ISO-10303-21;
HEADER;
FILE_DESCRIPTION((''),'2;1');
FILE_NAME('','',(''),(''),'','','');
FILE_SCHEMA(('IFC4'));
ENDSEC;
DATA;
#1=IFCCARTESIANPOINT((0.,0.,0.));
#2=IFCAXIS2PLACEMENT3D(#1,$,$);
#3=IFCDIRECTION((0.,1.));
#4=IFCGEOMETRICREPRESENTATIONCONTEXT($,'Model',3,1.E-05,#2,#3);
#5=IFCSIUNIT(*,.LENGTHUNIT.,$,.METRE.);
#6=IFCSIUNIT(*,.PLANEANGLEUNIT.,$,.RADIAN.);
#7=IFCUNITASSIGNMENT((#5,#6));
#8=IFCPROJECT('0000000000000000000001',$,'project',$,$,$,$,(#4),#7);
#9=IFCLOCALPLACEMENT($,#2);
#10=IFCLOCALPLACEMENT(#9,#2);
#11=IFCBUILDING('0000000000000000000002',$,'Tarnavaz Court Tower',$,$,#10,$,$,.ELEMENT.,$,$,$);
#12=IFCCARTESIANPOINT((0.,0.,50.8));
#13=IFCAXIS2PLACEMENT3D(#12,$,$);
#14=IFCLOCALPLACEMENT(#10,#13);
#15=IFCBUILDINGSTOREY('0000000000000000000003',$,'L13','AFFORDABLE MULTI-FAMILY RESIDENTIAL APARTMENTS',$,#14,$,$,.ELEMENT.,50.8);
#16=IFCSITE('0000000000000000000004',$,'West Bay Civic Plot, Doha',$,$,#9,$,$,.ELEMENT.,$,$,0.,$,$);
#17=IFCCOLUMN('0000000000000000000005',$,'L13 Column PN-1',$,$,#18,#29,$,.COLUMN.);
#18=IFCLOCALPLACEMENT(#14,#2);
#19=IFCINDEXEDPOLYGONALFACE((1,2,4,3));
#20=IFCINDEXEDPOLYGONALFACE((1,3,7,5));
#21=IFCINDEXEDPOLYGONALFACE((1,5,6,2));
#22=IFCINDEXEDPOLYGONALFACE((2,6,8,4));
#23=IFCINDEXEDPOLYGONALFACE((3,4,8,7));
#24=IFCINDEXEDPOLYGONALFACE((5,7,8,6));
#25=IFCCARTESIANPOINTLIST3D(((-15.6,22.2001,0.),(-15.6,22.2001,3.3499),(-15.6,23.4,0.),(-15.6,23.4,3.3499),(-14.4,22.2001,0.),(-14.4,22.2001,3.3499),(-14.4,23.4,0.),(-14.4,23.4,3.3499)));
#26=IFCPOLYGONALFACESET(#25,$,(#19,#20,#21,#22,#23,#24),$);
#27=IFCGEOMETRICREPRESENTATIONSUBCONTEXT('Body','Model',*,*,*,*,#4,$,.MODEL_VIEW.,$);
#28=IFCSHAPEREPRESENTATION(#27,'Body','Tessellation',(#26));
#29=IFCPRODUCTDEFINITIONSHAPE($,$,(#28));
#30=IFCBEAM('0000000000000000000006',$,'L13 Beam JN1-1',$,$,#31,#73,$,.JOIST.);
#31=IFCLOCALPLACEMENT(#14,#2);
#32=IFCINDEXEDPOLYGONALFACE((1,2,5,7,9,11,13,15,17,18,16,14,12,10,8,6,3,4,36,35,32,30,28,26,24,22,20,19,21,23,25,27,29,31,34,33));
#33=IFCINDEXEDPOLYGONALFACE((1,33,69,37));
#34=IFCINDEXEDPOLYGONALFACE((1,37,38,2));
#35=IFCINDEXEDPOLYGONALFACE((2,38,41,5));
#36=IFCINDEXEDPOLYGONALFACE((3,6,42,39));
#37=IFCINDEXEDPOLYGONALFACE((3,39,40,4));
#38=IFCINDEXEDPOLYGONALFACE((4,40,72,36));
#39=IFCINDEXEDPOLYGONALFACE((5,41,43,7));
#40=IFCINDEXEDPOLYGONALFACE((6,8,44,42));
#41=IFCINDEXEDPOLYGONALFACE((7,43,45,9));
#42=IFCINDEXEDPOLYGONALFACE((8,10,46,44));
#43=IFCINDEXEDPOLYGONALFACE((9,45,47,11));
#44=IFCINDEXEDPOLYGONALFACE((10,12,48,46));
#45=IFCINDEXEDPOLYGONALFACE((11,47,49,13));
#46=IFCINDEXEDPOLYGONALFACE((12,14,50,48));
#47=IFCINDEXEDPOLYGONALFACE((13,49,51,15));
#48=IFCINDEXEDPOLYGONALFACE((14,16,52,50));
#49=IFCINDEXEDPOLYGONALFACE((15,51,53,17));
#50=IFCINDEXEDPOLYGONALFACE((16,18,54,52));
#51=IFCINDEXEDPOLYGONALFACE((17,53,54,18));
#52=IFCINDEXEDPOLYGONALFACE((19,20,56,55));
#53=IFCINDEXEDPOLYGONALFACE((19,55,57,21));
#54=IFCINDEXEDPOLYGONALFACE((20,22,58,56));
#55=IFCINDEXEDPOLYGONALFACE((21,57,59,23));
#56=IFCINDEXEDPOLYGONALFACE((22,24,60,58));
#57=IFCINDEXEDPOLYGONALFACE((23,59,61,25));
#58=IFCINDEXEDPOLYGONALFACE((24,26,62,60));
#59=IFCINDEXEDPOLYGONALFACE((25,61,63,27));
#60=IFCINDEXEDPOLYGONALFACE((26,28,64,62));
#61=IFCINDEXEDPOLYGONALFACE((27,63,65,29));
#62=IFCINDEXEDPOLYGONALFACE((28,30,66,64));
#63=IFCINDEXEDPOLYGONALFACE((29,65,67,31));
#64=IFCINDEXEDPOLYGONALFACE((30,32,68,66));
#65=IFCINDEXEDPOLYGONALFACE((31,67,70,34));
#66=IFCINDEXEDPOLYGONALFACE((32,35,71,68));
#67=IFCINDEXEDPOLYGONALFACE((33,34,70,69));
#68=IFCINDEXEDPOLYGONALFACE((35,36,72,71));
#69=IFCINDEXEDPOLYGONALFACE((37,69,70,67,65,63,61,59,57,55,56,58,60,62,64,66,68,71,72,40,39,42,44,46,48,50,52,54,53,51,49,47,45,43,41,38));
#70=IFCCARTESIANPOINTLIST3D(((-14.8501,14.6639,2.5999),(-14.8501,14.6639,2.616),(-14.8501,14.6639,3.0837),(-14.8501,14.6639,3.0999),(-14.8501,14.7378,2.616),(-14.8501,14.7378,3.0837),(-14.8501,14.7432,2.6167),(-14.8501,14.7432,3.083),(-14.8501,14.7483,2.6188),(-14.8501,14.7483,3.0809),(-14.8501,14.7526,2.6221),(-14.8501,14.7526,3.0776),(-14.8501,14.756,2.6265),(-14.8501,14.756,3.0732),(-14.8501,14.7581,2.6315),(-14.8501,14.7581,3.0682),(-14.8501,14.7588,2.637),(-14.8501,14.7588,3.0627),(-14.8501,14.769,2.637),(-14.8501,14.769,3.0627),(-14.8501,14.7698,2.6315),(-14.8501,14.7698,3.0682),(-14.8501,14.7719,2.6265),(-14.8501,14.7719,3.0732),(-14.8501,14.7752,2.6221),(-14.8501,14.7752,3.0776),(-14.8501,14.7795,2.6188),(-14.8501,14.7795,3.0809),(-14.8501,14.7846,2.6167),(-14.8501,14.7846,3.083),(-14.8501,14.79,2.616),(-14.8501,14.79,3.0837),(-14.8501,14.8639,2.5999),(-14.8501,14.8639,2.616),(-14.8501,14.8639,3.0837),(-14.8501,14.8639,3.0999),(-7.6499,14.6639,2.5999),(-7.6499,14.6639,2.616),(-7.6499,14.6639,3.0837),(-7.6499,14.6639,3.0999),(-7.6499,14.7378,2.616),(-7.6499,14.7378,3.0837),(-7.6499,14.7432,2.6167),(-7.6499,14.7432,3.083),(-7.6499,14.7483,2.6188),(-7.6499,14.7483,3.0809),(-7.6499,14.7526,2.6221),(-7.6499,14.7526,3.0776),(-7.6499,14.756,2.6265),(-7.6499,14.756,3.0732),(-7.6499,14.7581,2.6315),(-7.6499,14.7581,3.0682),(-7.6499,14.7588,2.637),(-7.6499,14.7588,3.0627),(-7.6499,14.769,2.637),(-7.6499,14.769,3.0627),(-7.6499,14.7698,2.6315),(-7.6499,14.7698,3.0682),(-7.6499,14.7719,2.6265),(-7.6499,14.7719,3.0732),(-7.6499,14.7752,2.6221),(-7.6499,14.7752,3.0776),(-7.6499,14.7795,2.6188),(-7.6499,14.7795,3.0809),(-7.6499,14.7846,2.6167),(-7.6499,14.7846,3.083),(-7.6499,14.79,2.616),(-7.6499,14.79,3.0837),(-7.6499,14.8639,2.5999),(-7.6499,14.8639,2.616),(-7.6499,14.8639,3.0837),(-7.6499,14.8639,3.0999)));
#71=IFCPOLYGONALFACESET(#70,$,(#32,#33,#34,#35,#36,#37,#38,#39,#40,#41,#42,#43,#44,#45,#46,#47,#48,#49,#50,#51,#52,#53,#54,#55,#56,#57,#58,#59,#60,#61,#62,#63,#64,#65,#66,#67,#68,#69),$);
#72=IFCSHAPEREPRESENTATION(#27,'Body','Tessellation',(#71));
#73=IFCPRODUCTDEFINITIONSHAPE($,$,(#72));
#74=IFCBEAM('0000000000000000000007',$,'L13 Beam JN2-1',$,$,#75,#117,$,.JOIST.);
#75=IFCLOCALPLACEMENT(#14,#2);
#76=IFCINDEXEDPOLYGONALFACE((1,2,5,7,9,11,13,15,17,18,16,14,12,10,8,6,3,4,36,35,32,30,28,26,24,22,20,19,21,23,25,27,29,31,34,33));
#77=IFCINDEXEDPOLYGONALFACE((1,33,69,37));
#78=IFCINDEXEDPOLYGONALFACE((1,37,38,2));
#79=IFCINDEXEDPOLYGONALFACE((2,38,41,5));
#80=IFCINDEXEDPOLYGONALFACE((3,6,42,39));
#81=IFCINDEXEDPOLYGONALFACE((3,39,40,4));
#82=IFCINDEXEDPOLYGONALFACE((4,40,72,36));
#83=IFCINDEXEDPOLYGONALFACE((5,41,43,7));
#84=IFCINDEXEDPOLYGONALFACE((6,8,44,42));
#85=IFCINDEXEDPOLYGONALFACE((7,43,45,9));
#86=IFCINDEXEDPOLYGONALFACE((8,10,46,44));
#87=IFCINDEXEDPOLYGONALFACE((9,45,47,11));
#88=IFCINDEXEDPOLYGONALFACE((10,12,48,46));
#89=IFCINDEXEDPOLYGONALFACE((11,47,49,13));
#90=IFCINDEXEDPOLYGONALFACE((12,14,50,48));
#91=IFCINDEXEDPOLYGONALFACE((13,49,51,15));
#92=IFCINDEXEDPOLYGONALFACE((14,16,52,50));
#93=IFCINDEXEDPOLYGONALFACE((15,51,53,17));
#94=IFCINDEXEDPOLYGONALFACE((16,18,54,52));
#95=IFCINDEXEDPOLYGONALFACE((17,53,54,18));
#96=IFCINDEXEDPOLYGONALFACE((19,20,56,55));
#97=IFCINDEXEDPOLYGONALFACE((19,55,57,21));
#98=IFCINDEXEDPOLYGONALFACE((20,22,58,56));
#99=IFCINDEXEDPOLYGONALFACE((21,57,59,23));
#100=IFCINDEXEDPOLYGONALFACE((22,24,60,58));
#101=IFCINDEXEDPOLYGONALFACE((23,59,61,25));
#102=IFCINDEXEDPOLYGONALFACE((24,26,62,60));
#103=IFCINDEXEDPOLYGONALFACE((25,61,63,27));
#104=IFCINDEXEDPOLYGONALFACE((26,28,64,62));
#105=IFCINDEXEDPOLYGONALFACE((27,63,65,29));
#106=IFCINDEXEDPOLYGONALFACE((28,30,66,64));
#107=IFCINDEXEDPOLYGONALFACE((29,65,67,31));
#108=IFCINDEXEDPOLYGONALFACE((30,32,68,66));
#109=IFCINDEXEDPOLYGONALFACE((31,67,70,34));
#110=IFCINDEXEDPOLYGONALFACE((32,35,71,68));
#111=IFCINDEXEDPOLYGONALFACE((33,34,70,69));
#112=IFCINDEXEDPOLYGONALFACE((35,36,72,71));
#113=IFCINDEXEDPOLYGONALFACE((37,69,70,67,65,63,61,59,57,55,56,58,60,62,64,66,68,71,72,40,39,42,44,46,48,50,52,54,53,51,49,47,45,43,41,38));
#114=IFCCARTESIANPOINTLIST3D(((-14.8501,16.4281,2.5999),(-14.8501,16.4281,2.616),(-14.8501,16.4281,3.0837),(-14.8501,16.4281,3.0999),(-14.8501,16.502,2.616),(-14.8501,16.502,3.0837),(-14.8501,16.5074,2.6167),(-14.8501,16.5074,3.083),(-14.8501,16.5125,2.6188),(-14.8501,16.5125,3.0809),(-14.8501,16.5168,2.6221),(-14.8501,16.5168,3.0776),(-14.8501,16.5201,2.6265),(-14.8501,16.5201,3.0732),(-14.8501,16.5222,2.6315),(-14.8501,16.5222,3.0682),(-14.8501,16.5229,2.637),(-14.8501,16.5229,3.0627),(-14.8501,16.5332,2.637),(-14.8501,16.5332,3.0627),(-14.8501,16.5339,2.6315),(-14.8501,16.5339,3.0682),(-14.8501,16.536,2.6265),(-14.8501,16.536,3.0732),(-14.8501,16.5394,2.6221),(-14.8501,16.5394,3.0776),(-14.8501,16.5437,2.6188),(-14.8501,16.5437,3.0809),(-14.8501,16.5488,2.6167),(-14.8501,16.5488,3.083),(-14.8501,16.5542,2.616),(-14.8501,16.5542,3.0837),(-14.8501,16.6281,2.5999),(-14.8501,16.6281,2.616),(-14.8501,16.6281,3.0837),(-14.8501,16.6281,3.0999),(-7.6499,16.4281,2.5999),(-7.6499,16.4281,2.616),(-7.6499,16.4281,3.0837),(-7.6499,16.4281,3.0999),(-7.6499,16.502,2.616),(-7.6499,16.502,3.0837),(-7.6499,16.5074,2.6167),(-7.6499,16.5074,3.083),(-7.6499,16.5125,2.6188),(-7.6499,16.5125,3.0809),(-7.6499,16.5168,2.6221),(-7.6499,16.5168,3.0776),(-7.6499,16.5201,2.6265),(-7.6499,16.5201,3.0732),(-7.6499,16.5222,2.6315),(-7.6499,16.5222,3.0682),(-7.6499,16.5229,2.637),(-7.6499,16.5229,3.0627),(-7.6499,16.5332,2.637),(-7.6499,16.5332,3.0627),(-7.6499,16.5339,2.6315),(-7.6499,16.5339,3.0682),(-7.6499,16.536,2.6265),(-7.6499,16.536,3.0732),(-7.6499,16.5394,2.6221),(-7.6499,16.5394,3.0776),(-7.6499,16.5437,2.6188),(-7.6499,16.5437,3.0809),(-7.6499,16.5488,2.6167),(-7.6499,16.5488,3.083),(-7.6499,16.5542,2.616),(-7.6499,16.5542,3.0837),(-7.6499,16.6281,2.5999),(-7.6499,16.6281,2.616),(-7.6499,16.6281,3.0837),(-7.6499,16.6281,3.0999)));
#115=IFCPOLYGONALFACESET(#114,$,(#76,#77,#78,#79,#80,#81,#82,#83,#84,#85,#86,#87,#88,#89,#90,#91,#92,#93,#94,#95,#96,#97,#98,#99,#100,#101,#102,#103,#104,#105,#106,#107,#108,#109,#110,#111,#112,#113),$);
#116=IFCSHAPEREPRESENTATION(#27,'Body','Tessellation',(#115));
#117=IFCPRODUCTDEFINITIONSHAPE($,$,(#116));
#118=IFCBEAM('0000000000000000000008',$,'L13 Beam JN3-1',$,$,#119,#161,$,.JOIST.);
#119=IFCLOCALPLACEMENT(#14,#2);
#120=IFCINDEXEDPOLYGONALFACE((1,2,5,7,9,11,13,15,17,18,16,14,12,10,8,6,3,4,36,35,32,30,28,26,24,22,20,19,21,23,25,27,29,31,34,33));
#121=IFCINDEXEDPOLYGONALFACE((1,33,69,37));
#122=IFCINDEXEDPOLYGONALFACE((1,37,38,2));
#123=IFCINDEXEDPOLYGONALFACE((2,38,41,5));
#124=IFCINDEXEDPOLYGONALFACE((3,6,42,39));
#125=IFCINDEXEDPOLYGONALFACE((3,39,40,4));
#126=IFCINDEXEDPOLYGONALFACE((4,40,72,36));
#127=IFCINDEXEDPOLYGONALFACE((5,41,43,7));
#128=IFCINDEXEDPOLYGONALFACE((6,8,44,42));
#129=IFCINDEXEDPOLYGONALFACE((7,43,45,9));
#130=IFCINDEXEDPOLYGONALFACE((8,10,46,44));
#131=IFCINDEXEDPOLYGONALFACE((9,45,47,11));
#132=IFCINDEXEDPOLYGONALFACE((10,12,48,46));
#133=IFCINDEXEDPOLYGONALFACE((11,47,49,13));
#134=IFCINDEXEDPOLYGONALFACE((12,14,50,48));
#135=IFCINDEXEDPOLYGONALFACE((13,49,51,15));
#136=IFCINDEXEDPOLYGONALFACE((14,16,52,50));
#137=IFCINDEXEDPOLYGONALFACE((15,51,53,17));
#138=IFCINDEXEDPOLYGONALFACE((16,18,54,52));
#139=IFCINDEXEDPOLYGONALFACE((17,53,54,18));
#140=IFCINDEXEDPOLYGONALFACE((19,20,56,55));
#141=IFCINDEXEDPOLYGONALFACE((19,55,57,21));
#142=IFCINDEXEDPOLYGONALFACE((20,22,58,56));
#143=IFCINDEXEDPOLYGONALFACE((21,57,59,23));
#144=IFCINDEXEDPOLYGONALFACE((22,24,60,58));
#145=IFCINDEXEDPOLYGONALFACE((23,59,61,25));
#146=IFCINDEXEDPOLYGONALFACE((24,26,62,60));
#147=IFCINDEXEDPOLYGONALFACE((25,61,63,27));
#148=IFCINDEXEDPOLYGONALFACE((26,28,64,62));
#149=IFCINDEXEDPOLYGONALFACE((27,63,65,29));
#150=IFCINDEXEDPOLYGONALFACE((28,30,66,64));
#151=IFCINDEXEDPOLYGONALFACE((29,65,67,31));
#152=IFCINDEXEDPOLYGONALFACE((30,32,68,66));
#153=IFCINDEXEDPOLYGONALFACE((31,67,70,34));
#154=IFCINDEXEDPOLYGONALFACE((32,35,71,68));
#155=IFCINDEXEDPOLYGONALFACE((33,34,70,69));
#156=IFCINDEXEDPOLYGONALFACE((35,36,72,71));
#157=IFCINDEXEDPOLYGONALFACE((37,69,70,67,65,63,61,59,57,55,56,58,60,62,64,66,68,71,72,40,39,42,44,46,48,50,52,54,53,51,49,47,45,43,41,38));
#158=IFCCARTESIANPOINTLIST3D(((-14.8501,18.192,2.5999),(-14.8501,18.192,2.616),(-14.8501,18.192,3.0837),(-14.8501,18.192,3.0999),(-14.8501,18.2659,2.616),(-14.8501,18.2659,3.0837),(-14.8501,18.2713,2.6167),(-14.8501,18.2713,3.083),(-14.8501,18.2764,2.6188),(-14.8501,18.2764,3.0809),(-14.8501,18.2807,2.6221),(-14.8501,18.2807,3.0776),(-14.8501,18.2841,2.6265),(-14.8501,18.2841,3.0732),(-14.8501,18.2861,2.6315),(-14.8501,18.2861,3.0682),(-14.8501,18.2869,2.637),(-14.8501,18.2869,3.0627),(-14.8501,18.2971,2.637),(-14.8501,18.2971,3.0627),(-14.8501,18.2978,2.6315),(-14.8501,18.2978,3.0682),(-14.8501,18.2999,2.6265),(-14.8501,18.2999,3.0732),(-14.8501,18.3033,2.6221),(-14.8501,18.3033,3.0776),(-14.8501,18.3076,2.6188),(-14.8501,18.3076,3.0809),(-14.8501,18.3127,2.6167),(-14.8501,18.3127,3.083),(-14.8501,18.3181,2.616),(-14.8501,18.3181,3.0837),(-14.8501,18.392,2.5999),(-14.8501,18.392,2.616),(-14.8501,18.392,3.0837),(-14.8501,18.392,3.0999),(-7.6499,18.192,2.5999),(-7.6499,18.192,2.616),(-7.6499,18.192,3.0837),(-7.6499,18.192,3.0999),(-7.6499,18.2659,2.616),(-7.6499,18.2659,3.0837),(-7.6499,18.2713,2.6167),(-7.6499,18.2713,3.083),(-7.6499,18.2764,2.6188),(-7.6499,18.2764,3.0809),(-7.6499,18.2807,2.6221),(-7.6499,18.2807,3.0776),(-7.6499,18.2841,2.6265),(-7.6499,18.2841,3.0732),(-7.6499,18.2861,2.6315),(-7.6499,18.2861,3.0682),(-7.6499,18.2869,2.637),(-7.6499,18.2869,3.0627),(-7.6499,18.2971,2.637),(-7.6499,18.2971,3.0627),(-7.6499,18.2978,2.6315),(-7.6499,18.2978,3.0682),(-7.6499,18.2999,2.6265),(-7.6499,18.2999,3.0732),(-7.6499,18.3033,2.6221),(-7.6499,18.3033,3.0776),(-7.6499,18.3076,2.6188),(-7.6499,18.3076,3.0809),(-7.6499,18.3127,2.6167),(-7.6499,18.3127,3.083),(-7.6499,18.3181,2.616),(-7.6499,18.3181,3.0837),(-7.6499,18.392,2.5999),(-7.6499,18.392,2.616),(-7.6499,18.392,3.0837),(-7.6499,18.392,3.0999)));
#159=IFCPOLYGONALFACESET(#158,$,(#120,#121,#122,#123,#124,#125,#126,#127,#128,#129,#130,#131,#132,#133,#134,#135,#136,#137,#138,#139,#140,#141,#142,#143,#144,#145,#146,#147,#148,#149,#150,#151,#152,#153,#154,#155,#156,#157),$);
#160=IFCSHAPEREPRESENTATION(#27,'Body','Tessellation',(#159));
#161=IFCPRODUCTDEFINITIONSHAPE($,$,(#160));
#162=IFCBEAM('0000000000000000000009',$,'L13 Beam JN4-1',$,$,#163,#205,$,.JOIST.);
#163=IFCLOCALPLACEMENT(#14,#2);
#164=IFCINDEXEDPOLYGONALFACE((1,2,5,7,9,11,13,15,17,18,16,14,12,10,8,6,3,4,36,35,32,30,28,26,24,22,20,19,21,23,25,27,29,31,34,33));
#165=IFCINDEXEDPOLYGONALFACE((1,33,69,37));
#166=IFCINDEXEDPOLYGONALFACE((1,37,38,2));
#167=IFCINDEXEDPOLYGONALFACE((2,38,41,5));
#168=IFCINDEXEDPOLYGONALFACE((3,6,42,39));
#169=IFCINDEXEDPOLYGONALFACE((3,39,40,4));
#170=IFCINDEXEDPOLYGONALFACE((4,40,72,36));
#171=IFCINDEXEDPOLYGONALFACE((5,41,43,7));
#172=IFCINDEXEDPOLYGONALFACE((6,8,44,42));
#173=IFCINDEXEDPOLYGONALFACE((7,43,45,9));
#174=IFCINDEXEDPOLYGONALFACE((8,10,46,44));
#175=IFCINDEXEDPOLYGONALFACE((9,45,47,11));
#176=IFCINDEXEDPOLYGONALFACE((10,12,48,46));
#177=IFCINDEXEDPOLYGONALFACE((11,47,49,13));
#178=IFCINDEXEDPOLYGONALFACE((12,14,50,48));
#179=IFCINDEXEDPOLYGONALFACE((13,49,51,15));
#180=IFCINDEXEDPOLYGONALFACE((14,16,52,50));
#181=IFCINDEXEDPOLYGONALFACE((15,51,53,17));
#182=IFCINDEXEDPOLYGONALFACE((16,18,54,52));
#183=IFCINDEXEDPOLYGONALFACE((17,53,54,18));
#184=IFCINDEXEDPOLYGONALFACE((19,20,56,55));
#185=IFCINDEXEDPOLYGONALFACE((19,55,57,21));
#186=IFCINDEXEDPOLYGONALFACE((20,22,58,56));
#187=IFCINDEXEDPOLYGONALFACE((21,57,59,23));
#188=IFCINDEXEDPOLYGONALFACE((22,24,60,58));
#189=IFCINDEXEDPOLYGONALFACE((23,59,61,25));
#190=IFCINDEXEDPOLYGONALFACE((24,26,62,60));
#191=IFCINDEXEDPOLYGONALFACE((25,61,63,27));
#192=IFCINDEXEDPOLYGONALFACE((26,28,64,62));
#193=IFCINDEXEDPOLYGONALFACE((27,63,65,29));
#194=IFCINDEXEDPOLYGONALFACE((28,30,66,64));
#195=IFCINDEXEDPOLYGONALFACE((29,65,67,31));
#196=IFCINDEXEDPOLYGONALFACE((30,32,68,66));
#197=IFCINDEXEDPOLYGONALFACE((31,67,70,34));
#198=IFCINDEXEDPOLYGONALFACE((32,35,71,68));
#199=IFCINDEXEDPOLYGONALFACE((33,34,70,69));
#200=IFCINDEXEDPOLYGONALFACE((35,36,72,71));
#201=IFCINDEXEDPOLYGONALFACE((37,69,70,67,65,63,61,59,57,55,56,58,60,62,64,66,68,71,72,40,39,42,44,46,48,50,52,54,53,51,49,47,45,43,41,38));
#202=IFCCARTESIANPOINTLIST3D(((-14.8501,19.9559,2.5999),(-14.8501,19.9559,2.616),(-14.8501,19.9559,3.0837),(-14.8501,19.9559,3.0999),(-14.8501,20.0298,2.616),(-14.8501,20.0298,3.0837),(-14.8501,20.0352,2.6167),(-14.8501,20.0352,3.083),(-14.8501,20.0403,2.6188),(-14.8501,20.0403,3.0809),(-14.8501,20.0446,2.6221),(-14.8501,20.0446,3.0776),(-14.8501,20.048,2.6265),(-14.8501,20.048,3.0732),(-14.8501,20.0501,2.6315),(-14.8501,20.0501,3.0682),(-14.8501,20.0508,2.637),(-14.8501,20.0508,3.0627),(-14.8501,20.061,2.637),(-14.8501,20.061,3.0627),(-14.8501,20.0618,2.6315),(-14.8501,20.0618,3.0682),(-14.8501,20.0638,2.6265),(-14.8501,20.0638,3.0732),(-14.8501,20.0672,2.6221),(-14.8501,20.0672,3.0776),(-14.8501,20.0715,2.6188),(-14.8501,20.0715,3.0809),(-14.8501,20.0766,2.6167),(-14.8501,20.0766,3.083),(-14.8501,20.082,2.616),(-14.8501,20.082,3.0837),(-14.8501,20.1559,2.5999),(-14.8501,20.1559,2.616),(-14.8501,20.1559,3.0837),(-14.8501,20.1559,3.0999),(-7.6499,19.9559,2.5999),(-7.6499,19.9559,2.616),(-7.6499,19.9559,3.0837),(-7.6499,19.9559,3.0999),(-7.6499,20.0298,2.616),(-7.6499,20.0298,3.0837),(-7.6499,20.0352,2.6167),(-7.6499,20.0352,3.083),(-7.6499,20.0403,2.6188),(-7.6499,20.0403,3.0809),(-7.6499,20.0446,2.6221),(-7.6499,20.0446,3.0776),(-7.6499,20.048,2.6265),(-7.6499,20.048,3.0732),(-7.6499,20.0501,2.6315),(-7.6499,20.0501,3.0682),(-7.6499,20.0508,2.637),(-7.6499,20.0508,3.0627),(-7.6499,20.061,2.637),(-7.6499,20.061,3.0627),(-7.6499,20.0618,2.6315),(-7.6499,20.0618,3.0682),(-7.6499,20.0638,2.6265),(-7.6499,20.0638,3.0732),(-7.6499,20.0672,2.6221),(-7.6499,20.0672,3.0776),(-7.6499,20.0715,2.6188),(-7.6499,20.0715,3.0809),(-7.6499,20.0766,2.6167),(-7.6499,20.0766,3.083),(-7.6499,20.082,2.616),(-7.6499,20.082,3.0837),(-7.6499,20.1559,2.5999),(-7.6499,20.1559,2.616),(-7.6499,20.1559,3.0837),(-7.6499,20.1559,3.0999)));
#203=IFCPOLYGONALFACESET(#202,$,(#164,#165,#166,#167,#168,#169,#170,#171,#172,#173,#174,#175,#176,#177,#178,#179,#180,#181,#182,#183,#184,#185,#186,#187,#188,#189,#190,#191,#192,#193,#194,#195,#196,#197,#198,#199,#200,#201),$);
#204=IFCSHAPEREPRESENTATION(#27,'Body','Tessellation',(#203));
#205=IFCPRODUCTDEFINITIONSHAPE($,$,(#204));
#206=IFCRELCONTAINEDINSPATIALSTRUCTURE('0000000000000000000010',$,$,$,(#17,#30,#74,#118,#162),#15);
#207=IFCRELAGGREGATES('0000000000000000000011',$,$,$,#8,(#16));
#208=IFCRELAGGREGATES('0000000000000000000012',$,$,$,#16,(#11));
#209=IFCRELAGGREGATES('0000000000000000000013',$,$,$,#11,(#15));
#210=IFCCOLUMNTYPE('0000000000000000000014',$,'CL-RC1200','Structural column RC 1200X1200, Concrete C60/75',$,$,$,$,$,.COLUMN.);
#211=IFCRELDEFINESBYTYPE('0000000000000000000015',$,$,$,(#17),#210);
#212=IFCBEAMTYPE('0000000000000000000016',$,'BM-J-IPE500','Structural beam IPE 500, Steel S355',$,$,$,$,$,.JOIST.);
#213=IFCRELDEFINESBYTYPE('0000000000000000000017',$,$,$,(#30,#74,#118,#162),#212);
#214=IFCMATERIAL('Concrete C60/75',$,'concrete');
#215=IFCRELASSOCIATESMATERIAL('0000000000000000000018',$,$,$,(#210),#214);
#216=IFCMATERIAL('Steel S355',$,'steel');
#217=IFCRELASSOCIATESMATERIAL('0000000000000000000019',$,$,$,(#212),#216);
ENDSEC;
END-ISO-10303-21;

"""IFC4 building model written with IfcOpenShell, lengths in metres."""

from ifc_helpers import new_model, si_unit, direction, frame, origin, origin_2d, place, context, subcontext, project, spatial, rectangle, i_section, extrude, material, material_profile, profile_set, type_object, element, save


model = new_model("IFC4")

# Units and contexts
model_context = context("Model", 3, precision=1e-05, world=origin(), true_north=direction((0.0, 1.0)))
body_context = subcontext(model_context, "Body", "Model", "MODEL_VIEW")
ifc_project = project(units=[si_unit("LENGTHUNIT", "METRE"), si_unit("PLANEANGLEUNIT", "RADIAN")], contexts=[model_context])

# Site, building, storey
site_placement = place(None, origin())
site = spatial("IfcSite", under=ifc_project, at=site_placement, Name="West Bay Civic Plot, Doha", CompositionType="ELEMENT", RefElevation=0.0)
building_placement = place(site_placement, origin())
building = spatial("IfcBuilding", under=site, at=building_placement, Name="Tarnavaz Court Tower", CompositionType="ELEMENT")
storey_placement = place(building_placement, frame((0.0, 0.0, 50.8)))
storey = spatial("IfcBuildingStorey", under=building, at=storey_placement, Name="L13", Description="AFFORDABLE MULTI-FAMILY RESIDENTIAL APARTMENTS", CompositionType="ELEMENT", Elevation=50.8)

# Column
ifc_material_1 = material(Name="Concrete C60/75", Category="concrete")
ifc_material_profile_1 = material_profile(ifc_material_1, rectangle(XDim=1.2, YDim=1.2, at=origin_2d()), Name="RC 1200X1200")
ifc_profile_set_1 = profile_set([ifc_material_profile_1], Name="Concrete C60/75")
column_type = type_object("IfcColumnType", Name="CL-RC1200", Description="Structural column RC 1200X1200, Concrete C60/75", PredefinedType="COLUMN", material=ifc_profile_set_1)
column_placement = place(storey_placement, frame((-15.0, 22.8, 0.0), z_axis=(0.0, 0.0, 1.0), x_axis=(1.0, 0.0, 0.0)))
element("IfcColumn", 1, at=column_placement, inside=storey, type_object=column_type, Name="L13 Column PN-1", PredefinedType="COLUMN", context=body_context, shape_type="SweptSolid", body=[
    extrude(rectangle(XDim=1.2, YDim=1.2, at=origin_2d()), origin(), (0.0, 0.0, 1.0), 3.3499),
])

# Beams
ifc_material_2 = material(Name="Steel S355", Category="steel")
ifc_material_profile_2 = material_profile(ifc_material_2, i_section(OverallWidth=0.2, OverallDepth=0.5, WebThickness=0.0103, FlangeThickness=0.0161, FilletRadius=0.021, at=origin_2d()), Name="IPE 500")
ifc_profile_set_2 = profile_set([ifc_material_profile_2], Name="Steel S355")
beam_type_1 = type_object("IfcBeamType", Name="BM-J-IPE500", Description="Structural beam IPE 500, Steel S355", PredefinedType="JOIST", material=ifc_profile_set_2)
for number, where, z_axis, x_axis, name in (
    (2, (-14.8501, 14.7639, 2.8499), (1.0, 0.0, 0.0), (0.0, 1.0, 0.0), "L13 Beam JN1-1"),
    (3, (-14.8501, 16.5281, 2.8499), (1.0, 0.0, 0.0), (0.0, 1.0, 0.0), "L13 Beam JN2-1"),
    (4, (-14.8501, 18.292, 2.8499), (1.0, 0.0, 0.0), (0.0, 1.0, 0.0), "L13 Beam JN3-1"),
    (5, (-14.8501, 20.0559, 2.8499), (1.0, 0.0, 0.0), (0.0, 1.0, 0.0), "L13 Beam JN4-1"),
):
    element("IfcBeam", number, at=place(storey_placement, frame(where, z_axis=z_axis, x_axis=x_axis)), inside=storey, type_object=beam_type_1, Name=name, PredefinedType="JOIST", context=body_context, shape_type="SweptSolid", body=[
        extrude(i_section(OverallWidth=0.2, OverallDepth=0.5, WebThickness=0.0103, FlangeThickness=0.0161, FilletRadius=0.021, at=origin_2d()), origin(), (0.0, 0.0, 1.0), 7.2002),
    ])

save(model, "model.ifc")
